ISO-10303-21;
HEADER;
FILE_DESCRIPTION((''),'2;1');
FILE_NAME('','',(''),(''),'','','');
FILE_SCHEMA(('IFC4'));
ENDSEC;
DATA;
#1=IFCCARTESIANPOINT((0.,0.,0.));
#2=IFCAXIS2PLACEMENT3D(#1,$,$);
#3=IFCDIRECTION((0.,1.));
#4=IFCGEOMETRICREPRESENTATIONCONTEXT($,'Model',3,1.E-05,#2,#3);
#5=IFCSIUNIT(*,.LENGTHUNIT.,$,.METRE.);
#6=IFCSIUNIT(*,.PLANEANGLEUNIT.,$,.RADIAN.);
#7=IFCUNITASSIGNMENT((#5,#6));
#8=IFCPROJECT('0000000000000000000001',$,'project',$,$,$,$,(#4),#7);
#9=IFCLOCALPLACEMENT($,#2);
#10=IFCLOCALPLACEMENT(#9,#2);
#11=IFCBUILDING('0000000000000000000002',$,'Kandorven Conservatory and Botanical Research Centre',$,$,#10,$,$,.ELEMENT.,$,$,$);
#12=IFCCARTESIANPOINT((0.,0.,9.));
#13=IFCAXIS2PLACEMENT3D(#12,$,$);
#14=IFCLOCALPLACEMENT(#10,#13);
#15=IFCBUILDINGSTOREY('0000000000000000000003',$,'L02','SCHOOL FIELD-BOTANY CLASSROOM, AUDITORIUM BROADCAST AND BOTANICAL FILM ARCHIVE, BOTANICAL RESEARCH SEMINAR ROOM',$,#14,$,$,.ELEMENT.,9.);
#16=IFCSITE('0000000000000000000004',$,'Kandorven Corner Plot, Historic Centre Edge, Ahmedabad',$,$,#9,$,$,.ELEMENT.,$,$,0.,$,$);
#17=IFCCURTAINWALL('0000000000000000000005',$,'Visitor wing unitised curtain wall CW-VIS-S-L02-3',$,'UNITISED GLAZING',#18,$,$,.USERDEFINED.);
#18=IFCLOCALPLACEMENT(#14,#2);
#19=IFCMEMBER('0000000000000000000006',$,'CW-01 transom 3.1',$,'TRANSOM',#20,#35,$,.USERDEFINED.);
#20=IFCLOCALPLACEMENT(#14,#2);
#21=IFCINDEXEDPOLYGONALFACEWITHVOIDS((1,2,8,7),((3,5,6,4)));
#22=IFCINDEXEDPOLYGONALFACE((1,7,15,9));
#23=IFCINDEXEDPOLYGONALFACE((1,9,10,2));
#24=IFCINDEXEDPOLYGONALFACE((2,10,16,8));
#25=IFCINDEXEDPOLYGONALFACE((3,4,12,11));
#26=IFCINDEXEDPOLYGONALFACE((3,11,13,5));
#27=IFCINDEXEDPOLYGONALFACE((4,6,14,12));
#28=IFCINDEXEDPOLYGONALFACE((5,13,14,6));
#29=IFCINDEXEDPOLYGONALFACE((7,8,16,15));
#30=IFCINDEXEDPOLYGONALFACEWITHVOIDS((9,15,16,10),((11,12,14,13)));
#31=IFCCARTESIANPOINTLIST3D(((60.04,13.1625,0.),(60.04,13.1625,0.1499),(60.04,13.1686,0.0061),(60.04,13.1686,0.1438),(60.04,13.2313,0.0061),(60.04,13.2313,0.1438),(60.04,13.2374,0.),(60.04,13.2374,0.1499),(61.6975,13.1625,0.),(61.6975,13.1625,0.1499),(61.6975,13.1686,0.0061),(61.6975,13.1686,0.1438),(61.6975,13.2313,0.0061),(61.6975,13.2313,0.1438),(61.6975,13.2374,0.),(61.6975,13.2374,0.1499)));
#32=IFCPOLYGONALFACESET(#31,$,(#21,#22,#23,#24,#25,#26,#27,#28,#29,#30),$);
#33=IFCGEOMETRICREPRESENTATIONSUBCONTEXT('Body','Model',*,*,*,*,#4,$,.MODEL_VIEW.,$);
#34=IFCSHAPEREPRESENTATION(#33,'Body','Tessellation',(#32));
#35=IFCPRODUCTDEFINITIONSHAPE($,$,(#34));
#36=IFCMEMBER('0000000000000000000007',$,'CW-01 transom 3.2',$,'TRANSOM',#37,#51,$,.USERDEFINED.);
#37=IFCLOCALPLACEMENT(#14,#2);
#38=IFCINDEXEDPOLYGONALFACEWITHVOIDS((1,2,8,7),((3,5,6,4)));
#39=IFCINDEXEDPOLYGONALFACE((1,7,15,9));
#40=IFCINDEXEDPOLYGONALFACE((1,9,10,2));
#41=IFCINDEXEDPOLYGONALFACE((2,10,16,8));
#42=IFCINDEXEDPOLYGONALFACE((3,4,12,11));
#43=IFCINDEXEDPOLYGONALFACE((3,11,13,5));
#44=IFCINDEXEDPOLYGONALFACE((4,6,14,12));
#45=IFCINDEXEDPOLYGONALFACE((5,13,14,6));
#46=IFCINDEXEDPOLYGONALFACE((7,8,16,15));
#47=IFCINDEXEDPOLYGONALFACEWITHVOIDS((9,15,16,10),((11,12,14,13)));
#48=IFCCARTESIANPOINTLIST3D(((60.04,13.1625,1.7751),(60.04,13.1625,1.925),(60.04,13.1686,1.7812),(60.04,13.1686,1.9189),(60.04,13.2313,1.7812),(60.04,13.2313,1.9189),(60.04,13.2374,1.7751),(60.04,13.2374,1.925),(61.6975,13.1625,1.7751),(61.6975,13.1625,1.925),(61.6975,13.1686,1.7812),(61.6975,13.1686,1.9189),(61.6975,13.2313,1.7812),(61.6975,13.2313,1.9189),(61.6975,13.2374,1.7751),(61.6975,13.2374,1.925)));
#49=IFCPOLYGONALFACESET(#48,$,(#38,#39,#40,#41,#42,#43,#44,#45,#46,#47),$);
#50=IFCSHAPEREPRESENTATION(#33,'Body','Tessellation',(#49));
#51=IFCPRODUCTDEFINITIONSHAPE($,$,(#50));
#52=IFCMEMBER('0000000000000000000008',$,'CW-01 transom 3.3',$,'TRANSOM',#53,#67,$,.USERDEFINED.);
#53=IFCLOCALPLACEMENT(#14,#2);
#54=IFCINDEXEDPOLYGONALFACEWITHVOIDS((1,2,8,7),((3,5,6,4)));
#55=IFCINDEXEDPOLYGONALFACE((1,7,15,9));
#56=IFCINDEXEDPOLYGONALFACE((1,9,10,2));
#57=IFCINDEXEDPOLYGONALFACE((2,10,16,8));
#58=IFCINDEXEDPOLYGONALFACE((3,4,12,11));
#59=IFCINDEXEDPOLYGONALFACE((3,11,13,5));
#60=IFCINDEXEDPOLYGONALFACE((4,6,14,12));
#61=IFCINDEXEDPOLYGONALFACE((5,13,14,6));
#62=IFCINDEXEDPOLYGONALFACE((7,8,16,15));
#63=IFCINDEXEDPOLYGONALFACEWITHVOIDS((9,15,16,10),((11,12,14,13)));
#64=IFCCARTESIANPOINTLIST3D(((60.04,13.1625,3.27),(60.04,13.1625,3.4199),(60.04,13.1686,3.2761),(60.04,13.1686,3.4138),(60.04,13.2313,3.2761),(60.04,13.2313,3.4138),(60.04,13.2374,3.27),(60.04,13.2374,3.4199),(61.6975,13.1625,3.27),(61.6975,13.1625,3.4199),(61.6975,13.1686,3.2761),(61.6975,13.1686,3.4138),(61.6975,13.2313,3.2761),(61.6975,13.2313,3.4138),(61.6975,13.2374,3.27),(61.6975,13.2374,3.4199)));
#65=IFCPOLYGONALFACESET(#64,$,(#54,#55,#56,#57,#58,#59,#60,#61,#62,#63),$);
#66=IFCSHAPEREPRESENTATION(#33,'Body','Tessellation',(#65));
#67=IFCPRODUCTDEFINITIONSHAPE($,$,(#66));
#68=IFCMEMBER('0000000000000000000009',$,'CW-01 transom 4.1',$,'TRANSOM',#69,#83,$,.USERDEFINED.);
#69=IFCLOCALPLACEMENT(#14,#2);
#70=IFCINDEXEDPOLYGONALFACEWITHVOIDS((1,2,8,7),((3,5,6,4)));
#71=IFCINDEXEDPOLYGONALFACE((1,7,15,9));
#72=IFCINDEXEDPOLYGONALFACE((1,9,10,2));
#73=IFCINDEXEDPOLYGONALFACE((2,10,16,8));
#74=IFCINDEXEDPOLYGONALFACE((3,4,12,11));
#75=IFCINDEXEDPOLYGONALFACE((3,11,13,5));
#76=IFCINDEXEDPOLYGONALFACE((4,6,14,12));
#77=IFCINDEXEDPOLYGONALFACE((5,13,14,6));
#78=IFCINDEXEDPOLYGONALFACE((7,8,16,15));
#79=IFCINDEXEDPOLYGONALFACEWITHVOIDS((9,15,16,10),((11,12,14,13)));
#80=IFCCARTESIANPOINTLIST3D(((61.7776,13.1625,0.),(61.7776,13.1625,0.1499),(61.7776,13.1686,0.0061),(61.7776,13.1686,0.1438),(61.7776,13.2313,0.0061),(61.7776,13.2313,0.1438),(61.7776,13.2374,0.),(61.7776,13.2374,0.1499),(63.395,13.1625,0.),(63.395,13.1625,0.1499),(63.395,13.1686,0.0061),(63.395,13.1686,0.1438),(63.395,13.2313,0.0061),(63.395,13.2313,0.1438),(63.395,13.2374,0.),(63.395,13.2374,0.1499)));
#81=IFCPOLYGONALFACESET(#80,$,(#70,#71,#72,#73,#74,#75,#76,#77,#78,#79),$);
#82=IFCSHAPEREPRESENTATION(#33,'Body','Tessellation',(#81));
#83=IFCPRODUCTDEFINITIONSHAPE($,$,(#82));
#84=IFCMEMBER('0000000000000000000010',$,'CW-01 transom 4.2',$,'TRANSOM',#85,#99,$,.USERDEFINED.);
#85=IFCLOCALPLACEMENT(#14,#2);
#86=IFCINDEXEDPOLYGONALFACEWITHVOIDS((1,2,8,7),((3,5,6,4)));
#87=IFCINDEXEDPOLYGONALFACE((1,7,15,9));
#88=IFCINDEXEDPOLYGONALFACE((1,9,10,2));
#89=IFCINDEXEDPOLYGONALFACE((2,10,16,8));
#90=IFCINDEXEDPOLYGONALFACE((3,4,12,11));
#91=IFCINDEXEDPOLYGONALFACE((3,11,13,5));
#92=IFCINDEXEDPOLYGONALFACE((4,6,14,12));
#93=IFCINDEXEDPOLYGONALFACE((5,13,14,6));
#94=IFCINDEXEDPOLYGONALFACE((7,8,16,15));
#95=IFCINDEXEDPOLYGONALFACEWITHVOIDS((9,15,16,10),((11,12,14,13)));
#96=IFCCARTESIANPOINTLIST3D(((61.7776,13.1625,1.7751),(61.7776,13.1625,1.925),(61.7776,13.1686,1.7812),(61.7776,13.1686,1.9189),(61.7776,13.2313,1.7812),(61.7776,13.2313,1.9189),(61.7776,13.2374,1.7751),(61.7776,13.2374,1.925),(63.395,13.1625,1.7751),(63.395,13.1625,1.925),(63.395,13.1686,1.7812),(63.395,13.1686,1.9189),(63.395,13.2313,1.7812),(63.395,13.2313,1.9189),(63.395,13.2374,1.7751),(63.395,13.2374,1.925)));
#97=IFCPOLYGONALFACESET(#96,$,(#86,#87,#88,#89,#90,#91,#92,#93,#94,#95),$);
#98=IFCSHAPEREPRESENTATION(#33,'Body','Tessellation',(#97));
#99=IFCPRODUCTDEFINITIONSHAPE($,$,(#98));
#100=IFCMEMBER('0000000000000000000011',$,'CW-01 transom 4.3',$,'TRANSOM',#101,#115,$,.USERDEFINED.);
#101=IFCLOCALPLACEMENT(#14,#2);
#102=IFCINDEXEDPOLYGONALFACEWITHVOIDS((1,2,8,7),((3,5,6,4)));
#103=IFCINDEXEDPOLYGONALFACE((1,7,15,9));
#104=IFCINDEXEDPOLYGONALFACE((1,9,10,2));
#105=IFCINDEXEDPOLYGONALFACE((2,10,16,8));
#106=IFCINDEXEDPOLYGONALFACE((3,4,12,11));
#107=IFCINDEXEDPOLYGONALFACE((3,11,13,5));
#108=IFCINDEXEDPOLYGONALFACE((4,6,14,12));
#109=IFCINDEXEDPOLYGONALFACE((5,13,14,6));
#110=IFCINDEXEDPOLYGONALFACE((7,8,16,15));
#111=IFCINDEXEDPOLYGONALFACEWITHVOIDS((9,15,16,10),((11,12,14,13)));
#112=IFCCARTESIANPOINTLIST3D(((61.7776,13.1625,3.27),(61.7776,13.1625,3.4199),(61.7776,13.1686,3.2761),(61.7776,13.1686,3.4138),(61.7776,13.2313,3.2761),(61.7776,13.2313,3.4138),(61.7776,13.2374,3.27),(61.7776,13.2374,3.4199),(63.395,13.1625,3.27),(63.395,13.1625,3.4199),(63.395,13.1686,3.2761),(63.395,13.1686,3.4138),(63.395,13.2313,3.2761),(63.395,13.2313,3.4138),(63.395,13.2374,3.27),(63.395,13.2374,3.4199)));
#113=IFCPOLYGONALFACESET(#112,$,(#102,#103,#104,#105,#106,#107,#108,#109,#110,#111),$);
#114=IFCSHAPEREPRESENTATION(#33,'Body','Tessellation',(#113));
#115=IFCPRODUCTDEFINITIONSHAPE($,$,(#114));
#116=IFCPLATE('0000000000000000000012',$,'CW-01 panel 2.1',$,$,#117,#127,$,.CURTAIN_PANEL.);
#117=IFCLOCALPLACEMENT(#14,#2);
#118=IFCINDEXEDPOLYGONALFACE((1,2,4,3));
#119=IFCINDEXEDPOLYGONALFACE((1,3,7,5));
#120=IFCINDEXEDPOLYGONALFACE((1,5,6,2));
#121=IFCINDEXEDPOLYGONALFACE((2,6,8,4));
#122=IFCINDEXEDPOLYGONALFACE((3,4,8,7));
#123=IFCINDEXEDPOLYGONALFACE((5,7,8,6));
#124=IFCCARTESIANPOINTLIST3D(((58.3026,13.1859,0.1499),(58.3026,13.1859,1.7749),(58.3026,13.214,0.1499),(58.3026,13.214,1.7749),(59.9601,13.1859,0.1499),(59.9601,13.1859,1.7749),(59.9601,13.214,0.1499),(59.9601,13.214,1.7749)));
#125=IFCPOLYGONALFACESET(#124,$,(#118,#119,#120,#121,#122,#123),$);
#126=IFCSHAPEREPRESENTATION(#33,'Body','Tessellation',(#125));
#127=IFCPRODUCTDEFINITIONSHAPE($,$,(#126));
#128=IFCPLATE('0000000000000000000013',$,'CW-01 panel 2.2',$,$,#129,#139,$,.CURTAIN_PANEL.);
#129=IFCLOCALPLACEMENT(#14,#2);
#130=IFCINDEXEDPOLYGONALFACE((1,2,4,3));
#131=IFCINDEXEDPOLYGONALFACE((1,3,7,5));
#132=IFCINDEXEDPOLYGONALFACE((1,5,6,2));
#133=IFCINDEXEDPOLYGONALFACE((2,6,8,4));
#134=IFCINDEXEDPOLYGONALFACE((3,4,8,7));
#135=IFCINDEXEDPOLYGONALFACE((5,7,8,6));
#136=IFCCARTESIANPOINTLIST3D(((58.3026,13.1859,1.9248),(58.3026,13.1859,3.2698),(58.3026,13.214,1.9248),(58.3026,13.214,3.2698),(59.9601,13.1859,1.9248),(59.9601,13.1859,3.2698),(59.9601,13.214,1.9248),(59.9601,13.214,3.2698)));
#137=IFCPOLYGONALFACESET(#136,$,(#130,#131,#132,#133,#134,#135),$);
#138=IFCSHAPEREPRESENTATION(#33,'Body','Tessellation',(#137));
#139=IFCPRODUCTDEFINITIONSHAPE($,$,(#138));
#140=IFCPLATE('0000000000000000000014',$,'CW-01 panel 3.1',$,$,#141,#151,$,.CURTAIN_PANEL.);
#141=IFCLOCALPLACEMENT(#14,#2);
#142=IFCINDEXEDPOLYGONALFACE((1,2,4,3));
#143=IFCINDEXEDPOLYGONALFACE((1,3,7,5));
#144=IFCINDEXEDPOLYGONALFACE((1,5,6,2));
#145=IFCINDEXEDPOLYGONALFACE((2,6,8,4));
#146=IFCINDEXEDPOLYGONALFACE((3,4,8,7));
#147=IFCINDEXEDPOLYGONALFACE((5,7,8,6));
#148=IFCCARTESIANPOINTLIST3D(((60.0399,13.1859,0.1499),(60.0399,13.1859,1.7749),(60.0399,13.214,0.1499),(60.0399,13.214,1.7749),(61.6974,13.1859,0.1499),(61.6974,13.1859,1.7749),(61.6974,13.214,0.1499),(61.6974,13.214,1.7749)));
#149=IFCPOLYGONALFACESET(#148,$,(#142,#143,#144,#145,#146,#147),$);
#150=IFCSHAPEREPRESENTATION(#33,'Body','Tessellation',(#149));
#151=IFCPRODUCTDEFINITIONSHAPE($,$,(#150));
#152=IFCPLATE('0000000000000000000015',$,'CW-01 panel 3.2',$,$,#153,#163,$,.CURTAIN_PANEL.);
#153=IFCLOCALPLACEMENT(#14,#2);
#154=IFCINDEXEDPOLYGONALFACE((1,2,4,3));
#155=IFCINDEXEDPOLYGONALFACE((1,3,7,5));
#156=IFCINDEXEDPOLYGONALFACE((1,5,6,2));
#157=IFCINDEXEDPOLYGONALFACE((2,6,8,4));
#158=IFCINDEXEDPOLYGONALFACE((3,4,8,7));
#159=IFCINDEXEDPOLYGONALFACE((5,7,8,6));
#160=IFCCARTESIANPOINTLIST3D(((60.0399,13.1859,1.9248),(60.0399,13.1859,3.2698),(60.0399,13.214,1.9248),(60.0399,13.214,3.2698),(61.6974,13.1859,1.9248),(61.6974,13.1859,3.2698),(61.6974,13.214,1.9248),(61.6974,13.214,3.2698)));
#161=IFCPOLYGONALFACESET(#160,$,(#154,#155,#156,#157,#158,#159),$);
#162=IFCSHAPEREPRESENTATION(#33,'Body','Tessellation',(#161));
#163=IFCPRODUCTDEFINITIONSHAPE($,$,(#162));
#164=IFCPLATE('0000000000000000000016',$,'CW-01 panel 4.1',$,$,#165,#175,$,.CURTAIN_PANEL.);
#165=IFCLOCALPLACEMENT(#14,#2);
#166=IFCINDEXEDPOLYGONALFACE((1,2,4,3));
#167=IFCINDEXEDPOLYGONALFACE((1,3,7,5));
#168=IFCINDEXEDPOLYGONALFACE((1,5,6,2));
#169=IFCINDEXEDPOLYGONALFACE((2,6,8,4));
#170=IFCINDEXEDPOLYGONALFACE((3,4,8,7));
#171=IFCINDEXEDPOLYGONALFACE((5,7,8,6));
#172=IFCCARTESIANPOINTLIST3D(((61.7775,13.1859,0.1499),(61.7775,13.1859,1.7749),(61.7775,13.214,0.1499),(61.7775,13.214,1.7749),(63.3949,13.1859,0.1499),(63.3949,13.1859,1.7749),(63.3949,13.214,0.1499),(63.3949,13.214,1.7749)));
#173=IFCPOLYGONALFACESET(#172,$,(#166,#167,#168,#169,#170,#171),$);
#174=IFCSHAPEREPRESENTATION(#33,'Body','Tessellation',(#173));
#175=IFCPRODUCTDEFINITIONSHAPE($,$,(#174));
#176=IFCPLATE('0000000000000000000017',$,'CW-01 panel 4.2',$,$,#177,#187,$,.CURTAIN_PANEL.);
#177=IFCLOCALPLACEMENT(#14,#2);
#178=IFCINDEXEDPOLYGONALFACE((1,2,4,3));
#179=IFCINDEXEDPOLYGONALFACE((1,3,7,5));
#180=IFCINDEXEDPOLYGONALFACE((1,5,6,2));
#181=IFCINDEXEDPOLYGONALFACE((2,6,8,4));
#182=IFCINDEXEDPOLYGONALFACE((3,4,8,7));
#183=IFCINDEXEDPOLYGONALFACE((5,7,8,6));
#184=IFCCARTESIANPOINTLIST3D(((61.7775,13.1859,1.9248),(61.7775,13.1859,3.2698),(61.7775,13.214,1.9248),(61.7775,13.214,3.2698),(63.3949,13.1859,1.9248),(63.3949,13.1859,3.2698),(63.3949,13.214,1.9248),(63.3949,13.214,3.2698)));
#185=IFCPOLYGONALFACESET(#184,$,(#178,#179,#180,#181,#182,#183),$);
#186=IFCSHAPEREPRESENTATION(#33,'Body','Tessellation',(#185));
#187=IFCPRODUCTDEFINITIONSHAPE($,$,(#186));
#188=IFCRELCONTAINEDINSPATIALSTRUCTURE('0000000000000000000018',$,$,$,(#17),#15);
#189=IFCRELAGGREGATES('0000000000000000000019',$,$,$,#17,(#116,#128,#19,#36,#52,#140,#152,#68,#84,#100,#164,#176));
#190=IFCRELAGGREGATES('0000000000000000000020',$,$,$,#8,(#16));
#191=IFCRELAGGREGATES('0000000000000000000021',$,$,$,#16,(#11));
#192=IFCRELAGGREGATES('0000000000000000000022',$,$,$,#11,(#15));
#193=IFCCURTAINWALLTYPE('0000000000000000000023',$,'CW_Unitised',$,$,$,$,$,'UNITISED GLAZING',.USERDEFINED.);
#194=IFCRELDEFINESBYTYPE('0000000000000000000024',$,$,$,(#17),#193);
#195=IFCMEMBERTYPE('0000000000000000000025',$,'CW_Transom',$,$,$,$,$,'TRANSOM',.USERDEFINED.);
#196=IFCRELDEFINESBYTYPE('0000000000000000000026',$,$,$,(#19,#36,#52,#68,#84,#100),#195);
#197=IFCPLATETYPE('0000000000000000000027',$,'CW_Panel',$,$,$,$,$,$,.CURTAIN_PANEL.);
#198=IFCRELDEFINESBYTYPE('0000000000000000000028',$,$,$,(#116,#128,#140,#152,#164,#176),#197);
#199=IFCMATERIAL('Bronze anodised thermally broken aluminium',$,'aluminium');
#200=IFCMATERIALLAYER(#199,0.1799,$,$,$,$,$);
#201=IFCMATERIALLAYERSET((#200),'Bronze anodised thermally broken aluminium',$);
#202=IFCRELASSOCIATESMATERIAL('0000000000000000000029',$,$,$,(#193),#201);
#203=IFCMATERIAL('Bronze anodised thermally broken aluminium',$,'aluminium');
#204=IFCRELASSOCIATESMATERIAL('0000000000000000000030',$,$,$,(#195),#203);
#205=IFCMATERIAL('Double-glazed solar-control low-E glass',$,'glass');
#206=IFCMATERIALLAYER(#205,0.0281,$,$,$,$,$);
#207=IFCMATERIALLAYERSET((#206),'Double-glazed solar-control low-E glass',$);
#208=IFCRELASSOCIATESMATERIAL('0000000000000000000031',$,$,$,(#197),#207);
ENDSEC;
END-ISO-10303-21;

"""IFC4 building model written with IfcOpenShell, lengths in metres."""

from ifc_helpers import new_model, si_unit, direction, frame, origin, origin_2d, place, context, subcontext, project, spatial, rectangle, hollow_rectangle, extrude, material, layer, layer_set, material_profile, profile_set, type_object, element, aggregate, save


model = new_model("IFC4")

# Units and contexts
model_context = context("Model", 3, precision=1e-05, world=origin(), true_north=direction((0.0, 1.0)))
body_context = subcontext(model_context, "Body", "Model", "MODEL_VIEW")
ifc_project = project(units=[si_unit("LENGTHUNIT", "METRE"), si_unit("PLANEANGLEUNIT", "RADIAN")], contexts=[model_context])

# Site, building, storey
site_placement = place(None, origin())
site = spatial("IfcSite", under=ifc_project, at=site_placement, Name="Kandorven Corner Plot, Historic Centre Edge, Ahmedabad", CompositionType="ELEMENT", RefElevation=0.0)
building_placement = place(site_placement, origin())
building = spatial("IfcBuilding", under=site, at=building_placement, Name="Kandorven Conservatory and Botanical Research Centre", CompositionType="ELEMENT")
storey_placement = place(building_placement, frame((0.0, 0.0, 9.0)))
storey = spatial("IfcBuildingStorey", under=building, at=storey_placement, Name="L02", Description="SCHOOL FIELD-BOTANY CLASSROOM, AUDITORIUM BROADCAST AND BOTANICAL FILM ARCHIVE, BOTANICAL RESEARCH SEMINAR ROOM", CompositionType="ELEMENT", Elevation=9.0)

# Curtain wall
ifc_material_1 = material(Name="Bronze anodised thermally broken aluminium", Category="aluminium")
ifc_layer_1 = layer(ifc_material_1, 0.1799)
ifc_layer_set_1 = layer_set([ifc_layer_1], Name="Bronze anodised thermally broken aluminium")
curtain_wall_type = type_object("IfcCurtainWallType", Name="CW_Unitised", ElementType="UNITISED GLAZING", PredefinedType="USERDEFINED", material=ifc_layer_set_1)
curtain_wall_1_placement = place(storey_placement, origin())
curtain_wall_1 = element("IfcCurtainWall", 1, at=curtain_wall_1_placement, inside=storey, type_object=curtain_wall_type, Name="Visitor wing unitised curtain wall CW-VIS-S-L02-3", ObjectType="UNITISED GLAZING", PredefinedType="USERDEFINED")

# Members
ifc_material_2 = material(Name="Bronze anodised thermally broken aluminium", Category="aluminium")
ifc_material_profile_1 = material_profile(ifc_material_2, hollow_rectangle(XDim=0.075, YDim=0.1499, WallThickness=0.0061, at=origin_2d()))
ifc_profile_set_1 = profile_set([ifc_material_profile_1], Name="Bronze anodised thermally broken aluminium")
member_type_1 = type_object("IfcMemberType", Name="CW_Transom", ElementType="TRANSOM", PredefinedType="USERDEFINED", material=ifc_profile_set_1)
member_1_placement = place(storey_placement, frame((60.04, 13.2, 0.075), z_axis=(1.0, 0.0, 0.0), x_axis=(0.0, 1.0, 0.0)))
member_1 = element("IfcMember", 2, at=member_1_placement, type_object=member_type_1, Name="CW-01 transom 3.1", ObjectType="TRANSOM", PredefinedType="USERDEFINED", context=body_context, shape_type="SweptSolid", body=[
    extrude(hollow_rectangle(XDim=0.075, YDim=0.1499, WallThickness=0.0061, at=origin_2d()), origin(), (0.0, 0.0, 1.0), 1.6575),
])
member_2_placement = place(storey_placement, frame((60.04, 13.2, 1.8501), z_axis=(1.0, 0.0, 0.0), x_axis=(0.0, 1.0, 0.0)))
member_2 = element("IfcMember", 3, at=member_2_placement, type_object=member_type_1, Name="CW-01 transom 3.2", ObjectType="TRANSOM", PredefinedType="USERDEFINED", context=body_context, shape_type="SweptSolid", body=[
    extrude(hollow_rectangle(XDim=0.075, YDim=0.1499, WallThickness=0.0061, at=origin_2d()), origin(), (0.0, 0.0, 1.0), 1.6575),
])
member_3_placement = place(storey_placement, frame((60.04, 13.2, 3.345), z_axis=(1.0, 0.0, 0.0), x_axis=(0.0, 1.0, 0.0)))
member_3 = element("IfcMember", 4, at=member_3_placement, type_object=member_type_1, Name="CW-01 transom 3.3", ObjectType="TRANSOM", PredefinedType="USERDEFINED", context=body_context, shape_type="SweptSolid", body=[
    extrude(hollow_rectangle(XDim=0.075, YDim=0.1499, WallThickness=0.0061, at=origin_2d()), origin(), (0.0, 0.0, 1.0), 1.6575),
])
member_4_placement = place(storey_placement, frame((61.7776, 13.2, 0.075), z_axis=(1.0, 0.0, 0.0), x_axis=(0.0, 1.0, 0.0)))
member_4 = element("IfcMember", 5, at=member_4_placement, type_object=member_type_1, Name="CW-01 transom 4.1", ObjectType="TRANSOM", PredefinedType="USERDEFINED", context=body_context, shape_type="SweptSolid", body=[
    extrude(hollow_rectangle(XDim=0.075, YDim=0.1499, WallThickness=0.0061, at=origin_2d()), origin(), (0.0, 0.0, 1.0), 1.6174),
])
member_5_placement = place(storey_placement, frame((61.7776, 13.2, 1.8501), z_axis=(1.0, 0.0, 0.0), x_axis=(0.0, 1.0, 0.0)))
member_5 = element("IfcMember", 6, at=member_5_placement, type_object=member_type_1, Name="CW-01 transom 4.2", ObjectType="TRANSOM", PredefinedType="USERDEFINED", context=body_context, shape_type="SweptSolid", body=[
    extrude(hollow_rectangle(XDim=0.075, YDim=0.1499, WallThickness=0.0061, at=origin_2d()), origin(), (0.0, 0.0, 1.0), 1.6174),
])
member_6_placement = place(storey_placement, frame((61.7776, 13.2, 3.345), z_axis=(1.0, 0.0, 0.0), x_axis=(0.0, 1.0, 0.0)))
member_6 = element("IfcMember", 7, at=member_6_placement, type_object=member_type_1, Name="CW-01 transom 4.3", ObjectType="TRANSOM", PredefinedType="USERDEFINED", context=body_context, shape_type="SweptSolid", body=[
    extrude(hollow_rectangle(XDim=0.075, YDim=0.1499, WallThickness=0.0061, at=origin_2d()), origin(), (0.0, 0.0, 1.0), 1.6174),
])

# Plates
ifc_material_3 = material(Name="Double-glazed solar-control low-E glass", Category="glass")
ifc_layer_2 = layer(ifc_material_3, 0.0281)
ifc_layer_set_2 = layer_set([ifc_layer_2], Name="Double-glazed solar-control low-E glass")
plate_type_1 = type_object("IfcPlateType", Name="CW_Panel", PredefinedType="CURTAIN_PANEL", material=ifc_layer_set_2)
plate_1_placement = place(storey_placement, frame((59.1313, 13.2, 0.1499), z_axis=(0.0, 0.0, 1.0), x_axis=(1.0, 0.0, 0.0)))
plate_1 = element("IfcPlate", 8, at=plate_1_placement, type_object=plate_type_1, Name="CW-01 panel 2.1", PredefinedType="CURTAIN_PANEL", context=body_context, shape_type="SweptSolid", body=[
    extrude(rectangle(XDim=1.6575, YDim=0.0281, at=origin_2d()), origin(), (0.0, 0.0, 1.0), 1.625),
])
plate_2_placement = place(storey_placement, frame((59.1313, 13.2, 1.9248), z_axis=(0.0, 0.0, 1.0), x_axis=(1.0, 0.0, 0.0)))
plate_2 = element("IfcPlate", 9, at=plate_2_placement, type_object=plate_type_1, Name="CW-01 panel 2.2", PredefinedType="CURTAIN_PANEL", context=body_context, shape_type="SweptSolid", body=[
    extrude(rectangle(XDim=1.6575, YDim=0.0281, at=origin_2d()), origin(), (0.0, 0.0, 1.0), 1.345),
])
plate_3_placement = place(storey_placement, frame((60.8687, 13.2, 0.1499), z_axis=(0.0, 0.0, 1.0), x_axis=(1.0, 0.0, 0.0)))
plate_3 = element("IfcPlate", 10, at=plate_3_placement, type_object=plate_type_1, Name="CW-01 panel 3.1", PredefinedType="CURTAIN_PANEL", context=body_context, shape_type="SweptSolid", body=[
    extrude(rectangle(XDim=1.6575, YDim=0.0281, at=origin_2d()), origin(), (0.0, 0.0, 1.0), 1.625),
])
plate_4_placement = place(storey_placement, frame((60.8687, 13.2, 1.9248), z_axis=(0.0, 0.0, 1.0), x_axis=(1.0, 0.0, 0.0)))
plate_4 = element("IfcPlate", 11, at=plate_4_placement, type_object=plate_type_1, Name="CW-01 panel 3.2", PredefinedType="CURTAIN_PANEL", context=body_context, shape_type="SweptSolid", body=[
    extrude(rectangle(XDim=1.6575, YDim=0.0281, at=origin_2d()), origin(), (0.0, 0.0, 1.0), 1.345),
])
plate_5_placement = place(storey_placement, frame((62.5862, 13.2, 0.1499), z_axis=(0.0, 0.0, 1.0), x_axis=(1.0, 0.0, 0.0)))
plate_5 = element("IfcPlate", 12, at=plate_5_placement, type_object=plate_type_1, Name="CW-01 panel 4.1", PredefinedType="CURTAIN_PANEL", context=body_context, shape_type="SweptSolid", body=[
    extrude(rectangle(XDim=1.6174, YDim=0.0281, at=origin_2d()), origin(), (0.0, 0.0, 1.0), 1.625),
])
plate_6_placement = place(storey_placement, frame((62.5862, 13.2, 1.9248), z_axis=(0.0, 0.0, 1.0), x_axis=(1.0, 0.0, 0.0)))
plate_6 = element("IfcPlate", 13, at=plate_6_placement, type_object=plate_type_1, Name="CW-01 panel 4.2", PredefinedType="CURTAIN_PANEL", context=body_context, shape_type="SweptSolid", body=[
    extrude(rectangle(XDim=1.6174, YDim=0.0281, at=origin_2d()), origin(), (0.0, 0.0, 1.0), 1.345),
])
aggregate(curtain_wall_1, [plate_1, plate_2, member_1, member_2, member_3, plate_3, plate_4, member_4, member_5, member_6, plate_5, plate_6])

save(model, "model.ifc")
